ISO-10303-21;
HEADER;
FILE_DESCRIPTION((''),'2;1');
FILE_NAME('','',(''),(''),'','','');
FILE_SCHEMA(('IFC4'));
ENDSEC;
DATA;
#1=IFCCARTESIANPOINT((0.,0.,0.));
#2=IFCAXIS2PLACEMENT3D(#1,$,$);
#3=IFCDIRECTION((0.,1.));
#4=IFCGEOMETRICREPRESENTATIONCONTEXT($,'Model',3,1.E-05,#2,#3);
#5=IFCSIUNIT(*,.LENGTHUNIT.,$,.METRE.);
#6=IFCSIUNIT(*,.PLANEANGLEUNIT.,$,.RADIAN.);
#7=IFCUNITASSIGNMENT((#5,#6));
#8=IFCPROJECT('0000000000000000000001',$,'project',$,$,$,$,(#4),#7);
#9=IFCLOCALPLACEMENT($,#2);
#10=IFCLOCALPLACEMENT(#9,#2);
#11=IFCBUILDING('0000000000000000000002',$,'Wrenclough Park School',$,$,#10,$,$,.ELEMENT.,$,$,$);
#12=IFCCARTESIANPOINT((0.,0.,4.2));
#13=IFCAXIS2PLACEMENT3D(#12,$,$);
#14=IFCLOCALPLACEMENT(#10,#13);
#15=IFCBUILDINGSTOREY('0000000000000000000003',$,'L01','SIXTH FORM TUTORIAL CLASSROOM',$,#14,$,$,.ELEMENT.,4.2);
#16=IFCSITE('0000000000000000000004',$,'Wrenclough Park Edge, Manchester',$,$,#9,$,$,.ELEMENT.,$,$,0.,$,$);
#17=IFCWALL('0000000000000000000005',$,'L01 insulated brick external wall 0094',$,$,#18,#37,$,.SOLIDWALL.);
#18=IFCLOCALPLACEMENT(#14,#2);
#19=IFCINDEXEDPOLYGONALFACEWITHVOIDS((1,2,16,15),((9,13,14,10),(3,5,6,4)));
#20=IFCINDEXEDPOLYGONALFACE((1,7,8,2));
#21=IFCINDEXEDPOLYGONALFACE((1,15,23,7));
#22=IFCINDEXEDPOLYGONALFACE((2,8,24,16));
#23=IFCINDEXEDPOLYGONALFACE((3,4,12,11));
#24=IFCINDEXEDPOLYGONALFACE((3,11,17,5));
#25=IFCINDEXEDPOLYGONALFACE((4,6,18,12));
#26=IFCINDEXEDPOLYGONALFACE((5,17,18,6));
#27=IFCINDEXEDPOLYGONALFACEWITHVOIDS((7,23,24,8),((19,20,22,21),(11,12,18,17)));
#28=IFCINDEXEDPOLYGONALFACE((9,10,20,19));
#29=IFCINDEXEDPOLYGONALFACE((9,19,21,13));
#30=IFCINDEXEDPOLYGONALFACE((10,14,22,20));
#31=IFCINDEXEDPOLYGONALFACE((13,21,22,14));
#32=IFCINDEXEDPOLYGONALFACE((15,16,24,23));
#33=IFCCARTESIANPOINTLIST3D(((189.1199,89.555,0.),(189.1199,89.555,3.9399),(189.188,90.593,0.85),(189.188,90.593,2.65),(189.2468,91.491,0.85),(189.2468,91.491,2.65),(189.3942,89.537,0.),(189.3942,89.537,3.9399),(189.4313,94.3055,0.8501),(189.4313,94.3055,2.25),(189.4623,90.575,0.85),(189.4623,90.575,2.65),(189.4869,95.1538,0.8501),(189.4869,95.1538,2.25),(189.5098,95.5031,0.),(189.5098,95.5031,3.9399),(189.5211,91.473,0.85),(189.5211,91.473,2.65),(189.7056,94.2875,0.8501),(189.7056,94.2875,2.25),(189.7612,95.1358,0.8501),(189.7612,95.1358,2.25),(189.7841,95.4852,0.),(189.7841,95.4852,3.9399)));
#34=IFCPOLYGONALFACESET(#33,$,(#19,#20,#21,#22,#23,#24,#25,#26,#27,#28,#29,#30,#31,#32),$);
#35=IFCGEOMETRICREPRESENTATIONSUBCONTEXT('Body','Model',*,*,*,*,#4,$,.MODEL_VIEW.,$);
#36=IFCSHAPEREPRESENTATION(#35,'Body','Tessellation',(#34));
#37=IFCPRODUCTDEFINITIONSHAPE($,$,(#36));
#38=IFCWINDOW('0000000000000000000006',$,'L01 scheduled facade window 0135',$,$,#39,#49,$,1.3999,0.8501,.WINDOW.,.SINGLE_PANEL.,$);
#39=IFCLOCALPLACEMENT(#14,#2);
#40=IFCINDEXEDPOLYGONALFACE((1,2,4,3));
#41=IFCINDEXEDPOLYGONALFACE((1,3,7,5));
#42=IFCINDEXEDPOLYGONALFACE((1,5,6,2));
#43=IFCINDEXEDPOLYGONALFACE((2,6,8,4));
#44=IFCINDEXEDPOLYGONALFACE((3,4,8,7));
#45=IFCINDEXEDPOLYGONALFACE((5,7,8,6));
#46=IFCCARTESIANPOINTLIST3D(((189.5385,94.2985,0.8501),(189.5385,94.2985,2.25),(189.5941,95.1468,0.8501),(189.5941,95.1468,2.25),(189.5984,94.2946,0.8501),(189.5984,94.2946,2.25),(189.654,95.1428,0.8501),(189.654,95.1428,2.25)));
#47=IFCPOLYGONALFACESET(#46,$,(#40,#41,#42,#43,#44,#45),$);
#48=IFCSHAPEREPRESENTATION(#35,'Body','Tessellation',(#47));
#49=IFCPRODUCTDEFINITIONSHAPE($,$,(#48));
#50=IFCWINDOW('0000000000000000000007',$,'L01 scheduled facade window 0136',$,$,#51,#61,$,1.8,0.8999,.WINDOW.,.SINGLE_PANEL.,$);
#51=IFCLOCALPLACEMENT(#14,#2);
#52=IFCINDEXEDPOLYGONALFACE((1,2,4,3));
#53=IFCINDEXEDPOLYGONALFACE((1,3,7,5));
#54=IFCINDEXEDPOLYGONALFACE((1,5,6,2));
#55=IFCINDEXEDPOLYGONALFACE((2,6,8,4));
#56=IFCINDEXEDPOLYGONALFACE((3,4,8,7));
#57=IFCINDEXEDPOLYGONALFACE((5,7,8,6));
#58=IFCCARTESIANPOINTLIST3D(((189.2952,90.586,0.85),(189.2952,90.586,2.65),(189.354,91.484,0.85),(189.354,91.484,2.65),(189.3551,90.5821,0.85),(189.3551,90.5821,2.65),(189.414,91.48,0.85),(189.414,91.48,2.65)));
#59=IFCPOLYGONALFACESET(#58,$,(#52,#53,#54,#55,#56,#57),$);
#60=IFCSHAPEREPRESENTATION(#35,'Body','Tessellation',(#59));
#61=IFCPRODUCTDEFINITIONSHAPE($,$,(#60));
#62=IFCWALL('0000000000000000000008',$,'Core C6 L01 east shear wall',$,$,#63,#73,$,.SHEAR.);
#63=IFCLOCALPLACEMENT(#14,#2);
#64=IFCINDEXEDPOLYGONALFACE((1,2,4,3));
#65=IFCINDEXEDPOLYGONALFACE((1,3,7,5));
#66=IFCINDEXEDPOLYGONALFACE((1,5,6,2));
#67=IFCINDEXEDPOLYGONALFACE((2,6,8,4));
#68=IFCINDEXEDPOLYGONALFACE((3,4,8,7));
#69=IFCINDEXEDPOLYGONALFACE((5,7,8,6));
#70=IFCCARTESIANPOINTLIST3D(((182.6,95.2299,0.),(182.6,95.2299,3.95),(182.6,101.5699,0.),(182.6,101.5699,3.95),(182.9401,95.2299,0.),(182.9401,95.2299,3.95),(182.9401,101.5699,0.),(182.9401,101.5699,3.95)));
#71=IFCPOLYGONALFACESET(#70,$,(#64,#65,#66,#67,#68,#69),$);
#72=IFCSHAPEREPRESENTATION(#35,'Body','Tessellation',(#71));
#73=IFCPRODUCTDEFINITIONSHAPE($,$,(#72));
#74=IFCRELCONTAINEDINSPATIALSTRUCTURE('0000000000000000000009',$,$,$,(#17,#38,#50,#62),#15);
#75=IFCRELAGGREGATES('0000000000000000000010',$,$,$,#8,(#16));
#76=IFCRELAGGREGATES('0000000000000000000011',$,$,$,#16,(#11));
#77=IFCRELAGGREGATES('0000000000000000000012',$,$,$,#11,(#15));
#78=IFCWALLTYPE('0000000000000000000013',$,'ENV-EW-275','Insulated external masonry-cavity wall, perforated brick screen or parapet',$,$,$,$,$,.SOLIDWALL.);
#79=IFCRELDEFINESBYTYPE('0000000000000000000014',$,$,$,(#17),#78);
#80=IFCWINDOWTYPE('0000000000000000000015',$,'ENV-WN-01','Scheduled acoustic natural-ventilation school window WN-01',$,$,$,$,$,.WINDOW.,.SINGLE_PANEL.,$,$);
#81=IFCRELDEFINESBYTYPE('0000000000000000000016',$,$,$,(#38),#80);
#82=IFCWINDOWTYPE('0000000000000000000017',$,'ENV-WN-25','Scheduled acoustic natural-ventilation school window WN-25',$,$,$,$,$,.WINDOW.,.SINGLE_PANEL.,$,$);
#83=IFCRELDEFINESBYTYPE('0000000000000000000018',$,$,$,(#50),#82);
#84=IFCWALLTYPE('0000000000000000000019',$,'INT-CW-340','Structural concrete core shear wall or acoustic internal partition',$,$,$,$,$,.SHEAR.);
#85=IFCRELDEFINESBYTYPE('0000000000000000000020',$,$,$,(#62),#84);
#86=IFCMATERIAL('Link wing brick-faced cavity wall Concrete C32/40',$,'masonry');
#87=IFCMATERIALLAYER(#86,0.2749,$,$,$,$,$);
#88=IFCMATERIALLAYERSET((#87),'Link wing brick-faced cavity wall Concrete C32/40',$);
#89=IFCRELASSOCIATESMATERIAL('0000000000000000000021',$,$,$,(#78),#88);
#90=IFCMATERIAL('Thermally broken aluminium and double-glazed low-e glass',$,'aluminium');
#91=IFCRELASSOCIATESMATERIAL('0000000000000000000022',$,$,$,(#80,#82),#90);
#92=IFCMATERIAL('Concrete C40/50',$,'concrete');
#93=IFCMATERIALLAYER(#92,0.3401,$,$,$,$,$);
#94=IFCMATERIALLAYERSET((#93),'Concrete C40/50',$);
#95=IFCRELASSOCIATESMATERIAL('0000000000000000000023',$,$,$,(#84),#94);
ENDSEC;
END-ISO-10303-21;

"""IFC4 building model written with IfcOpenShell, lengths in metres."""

from ifc_helpers import new_model, si_unit, direction, frame, frame_2d, origin, place, context, subcontext, project, spatial, rectangle, extrude, material, layer, layer_set, type_object, element, fill, save


model = new_model("IFC4")

# Units and contexts
model_context = context("Model", 3, precision=1e-05, world=origin(), true_north=direction((0.0, 1.0)))
body_context = subcontext(model_context, "Body", "Model", "MODEL_VIEW")
ifc_project = project(units=[si_unit("LENGTHUNIT", "METRE"), si_unit("PLANEANGLEUNIT", "RADIAN")], contexts=[model_context])

# Site, building, storey
site_placement = place(None, origin())
site = spatial("IfcSite", under=ifc_project, at=site_placement, Name="Wrenclough Park Edge, Manchester", CompositionType="ELEMENT", RefElevation=0.0)
building_placement = place(site_placement, origin())
building = spatial("IfcBuilding", under=site, at=building_placement, Name="Wrenclough Park School", CompositionType="ELEMENT")
storey_placement = place(building_placement, frame((0.0, 0.0, 4.2)))
storey = spatial("IfcBuildingStorey", under=building, at=storey_placement, Name="L01", Description="SIXTH FORM TUTORIAL CLASSROOM", CompositionType="ELEMENT", Elevation=4.2)

# Shared definitions
ifc_material_1 = material(Name="Concrete C40/50", Category="concrete")

# Wall, openings, windows
ifc_material_2 = material(Name="Link wing brick-faced cavity wall Concrete C32/40", Category="masonry")
ifc_layer_1 = layer(ifc_material_2, 0.2749)
ifc_layer_set_1 = layer_set([ifc_layer_1], Name="Link wing brick-faced cavity wall Concrete C32/40")
wall_type_1 = type_object("IfcWallType", Name="ENV-EW-275", Description="Insulated external masonry-cavity wall, perforated brick screen or parapet", PredefinedType="SOLIDWALL", material=ifc_layer_set_1)
wall_1_placement = place(storey_placement, frame((189.647, 95.4941, 0.0), z_axis=(0.0, 0.0, 1.0), x_axis=(-0.065407, -0.997859, 0.0)))
wall_1 = element("IfcWall", 1, at=wall_1_placement, inside=storey, type_object=wall_type_1, Name="L01 insulated brick external wall 0094", PredefinedType="SOLIDWALL", context=body_context, shape_type="SweptSolid", body=[
    extrude(rectangle(XDim=5.9609, YDim=0.2749, at=frame_2d((2.9805, 0.0))), origin(), (0.0, 0.0, 1.0), 3.9399),
])
opening_1_placement = place(wall_1_placement, frame((0.3501, 0.0, 0.8501)))
opening_1 = element("IfcOpeningElement", 2, at=opening_1_placement, cuts=wall_1, PredefinedType="OPENING", context=body_context, shape_type="SweptSolid", body=[
    extrude(rectangle(XDim=0.8501, YDim=1.3999, at=frame_2d((0.425, 0.7))), frame((0.0, 0.1475, 0.0), z_axis=(0.0, -1.0, 0.0), x_axis=(1.0, 0.0, 0.0)), (0.0, 0.0, 1.0), 0.2949),
])
opening_2_placement = place(wall_1_placement, frame((4.0208, 0.0, 0.8501)))
opening_2 = element("IfcOpeningElement", 3, at=opening_2_placement, cuts=wall_1, PredefinedType="OPENING", context=body_context, shape_type="SweptSolid", body=[
    extrude(rectangle(XDim=0.8999, YDim=1.8, at=frame_2d((0.45, 0.8999))), frame((0.0, 0.1475, 0.0), z_axis=(0.0, -1.0, 0.0), x_axis=(1.0, 0.0, 0.0)), (0.0, 0.0, 1.0), 0.2949),
])
ifc_material_3 = material(Name="Thermally broken aluminium and double-glazed low-e glass", Category="aluminium")
window_type_1 = type_object("IfcWindowType", Name="ENV-WN-01", Description="Scheduled acoustic natural-ventilation school window WN-01", PartitioningType="SINGLE_PANEL", PredefinedType="WINDOW", material=ifc_material_3)
window_1_placement = place(opening_1_placement, origin())
window_1 = element("IfcWindow", 4, at=window_1_placement, inside=storey, type_object=window_type_1, Name="L01 scheduled facade window 0135", OverallHeight=1.3999, OverallWidth=0.8501, PartitioningType="SINGLE_PANEL", PredefinedType="WINDOW", context=body_context, shape_type="SweptSolid", body=[
    extrude(rectangle(XDim=0.8501, YDim=1.3999, at=frame_2d((0.425, 0.7))), frame((0.0, 0.03, 0.0), z_axis=(0.0, -1.0, 0.0), x_axis=(1.0, 0.0, 0.0)), (0.0, 0.0, 1.0), 0.0601),
])
fill(opening_1, window_1)
window_type_2 = type_object("IfcWindowType", Name="ENV-WN-25", Description="Scheduled acoustic natural-ventilation school window WN-25", PartitioningType="SINGLE_PANEL", PredefinedType="WINDOW", material=ifc_material_3)
window_2_placement = place(opening_2_placement, origin())
window_2 = element("IfcWindow", 5, at=window_2_placement, inside=storey, type_object=window_type_2, Name="L01 scheduled facade window 0136", OverallHeight=1.8, OverallWidth=0.8999, PartitioningType="SINGLE_PANEL", PredefinedType="WINDOW", context=body_context, shape_type="SweptSolid", body=[
    extrude(rectangle(XDim=0.8999, YDim=1.8, at=frame_2d((0.45, 0.8999))), frame((0.0, 0.03, 0.0), z_axis=(0.0, -1.0, 0.0), x_axis=(1.0, 0.0, 0.0)), (0.0, 0.0, 1.0), 0.0601),
])
fill(opening_2, window_2)

# Wall
ifc_layer_2 = layer(ifc_material_1, 0.3401)
ifc_layer_set_2 = layer_set([ifc_layer_2], Name="Concrete C40/50")
wall_type_2 = type_object("IfcWallType", Name="INT-CW-340", Description="Structural concrete core shear wall or acoustic internal partition", PredefinedType="SHEAR", material=ifc_layer_set_2)
wall_2_placement = place(storey_placement, frame((182.77, 95.23, 0.0), z_axis=(0.0, 0.0, 1.0), x_axis=(0.0, 1.0, 0.0)))
element("IfcWall", 6, at=wall_2_placement, inside=storey, type_object=wall_type_2, Name="Core C6 L01 east shear wall", PredefinedType="SHEAR", context=body_context, shape_type="SweptSolid", body=[
    extrude(rectangle(XDim=6.3401, YDim=0.3401, at=frame_2d((3.1699, 0.0))), origin(), (0.0, 0.0, 1.0), 3.95),
])

save(model, "model.ifc")
